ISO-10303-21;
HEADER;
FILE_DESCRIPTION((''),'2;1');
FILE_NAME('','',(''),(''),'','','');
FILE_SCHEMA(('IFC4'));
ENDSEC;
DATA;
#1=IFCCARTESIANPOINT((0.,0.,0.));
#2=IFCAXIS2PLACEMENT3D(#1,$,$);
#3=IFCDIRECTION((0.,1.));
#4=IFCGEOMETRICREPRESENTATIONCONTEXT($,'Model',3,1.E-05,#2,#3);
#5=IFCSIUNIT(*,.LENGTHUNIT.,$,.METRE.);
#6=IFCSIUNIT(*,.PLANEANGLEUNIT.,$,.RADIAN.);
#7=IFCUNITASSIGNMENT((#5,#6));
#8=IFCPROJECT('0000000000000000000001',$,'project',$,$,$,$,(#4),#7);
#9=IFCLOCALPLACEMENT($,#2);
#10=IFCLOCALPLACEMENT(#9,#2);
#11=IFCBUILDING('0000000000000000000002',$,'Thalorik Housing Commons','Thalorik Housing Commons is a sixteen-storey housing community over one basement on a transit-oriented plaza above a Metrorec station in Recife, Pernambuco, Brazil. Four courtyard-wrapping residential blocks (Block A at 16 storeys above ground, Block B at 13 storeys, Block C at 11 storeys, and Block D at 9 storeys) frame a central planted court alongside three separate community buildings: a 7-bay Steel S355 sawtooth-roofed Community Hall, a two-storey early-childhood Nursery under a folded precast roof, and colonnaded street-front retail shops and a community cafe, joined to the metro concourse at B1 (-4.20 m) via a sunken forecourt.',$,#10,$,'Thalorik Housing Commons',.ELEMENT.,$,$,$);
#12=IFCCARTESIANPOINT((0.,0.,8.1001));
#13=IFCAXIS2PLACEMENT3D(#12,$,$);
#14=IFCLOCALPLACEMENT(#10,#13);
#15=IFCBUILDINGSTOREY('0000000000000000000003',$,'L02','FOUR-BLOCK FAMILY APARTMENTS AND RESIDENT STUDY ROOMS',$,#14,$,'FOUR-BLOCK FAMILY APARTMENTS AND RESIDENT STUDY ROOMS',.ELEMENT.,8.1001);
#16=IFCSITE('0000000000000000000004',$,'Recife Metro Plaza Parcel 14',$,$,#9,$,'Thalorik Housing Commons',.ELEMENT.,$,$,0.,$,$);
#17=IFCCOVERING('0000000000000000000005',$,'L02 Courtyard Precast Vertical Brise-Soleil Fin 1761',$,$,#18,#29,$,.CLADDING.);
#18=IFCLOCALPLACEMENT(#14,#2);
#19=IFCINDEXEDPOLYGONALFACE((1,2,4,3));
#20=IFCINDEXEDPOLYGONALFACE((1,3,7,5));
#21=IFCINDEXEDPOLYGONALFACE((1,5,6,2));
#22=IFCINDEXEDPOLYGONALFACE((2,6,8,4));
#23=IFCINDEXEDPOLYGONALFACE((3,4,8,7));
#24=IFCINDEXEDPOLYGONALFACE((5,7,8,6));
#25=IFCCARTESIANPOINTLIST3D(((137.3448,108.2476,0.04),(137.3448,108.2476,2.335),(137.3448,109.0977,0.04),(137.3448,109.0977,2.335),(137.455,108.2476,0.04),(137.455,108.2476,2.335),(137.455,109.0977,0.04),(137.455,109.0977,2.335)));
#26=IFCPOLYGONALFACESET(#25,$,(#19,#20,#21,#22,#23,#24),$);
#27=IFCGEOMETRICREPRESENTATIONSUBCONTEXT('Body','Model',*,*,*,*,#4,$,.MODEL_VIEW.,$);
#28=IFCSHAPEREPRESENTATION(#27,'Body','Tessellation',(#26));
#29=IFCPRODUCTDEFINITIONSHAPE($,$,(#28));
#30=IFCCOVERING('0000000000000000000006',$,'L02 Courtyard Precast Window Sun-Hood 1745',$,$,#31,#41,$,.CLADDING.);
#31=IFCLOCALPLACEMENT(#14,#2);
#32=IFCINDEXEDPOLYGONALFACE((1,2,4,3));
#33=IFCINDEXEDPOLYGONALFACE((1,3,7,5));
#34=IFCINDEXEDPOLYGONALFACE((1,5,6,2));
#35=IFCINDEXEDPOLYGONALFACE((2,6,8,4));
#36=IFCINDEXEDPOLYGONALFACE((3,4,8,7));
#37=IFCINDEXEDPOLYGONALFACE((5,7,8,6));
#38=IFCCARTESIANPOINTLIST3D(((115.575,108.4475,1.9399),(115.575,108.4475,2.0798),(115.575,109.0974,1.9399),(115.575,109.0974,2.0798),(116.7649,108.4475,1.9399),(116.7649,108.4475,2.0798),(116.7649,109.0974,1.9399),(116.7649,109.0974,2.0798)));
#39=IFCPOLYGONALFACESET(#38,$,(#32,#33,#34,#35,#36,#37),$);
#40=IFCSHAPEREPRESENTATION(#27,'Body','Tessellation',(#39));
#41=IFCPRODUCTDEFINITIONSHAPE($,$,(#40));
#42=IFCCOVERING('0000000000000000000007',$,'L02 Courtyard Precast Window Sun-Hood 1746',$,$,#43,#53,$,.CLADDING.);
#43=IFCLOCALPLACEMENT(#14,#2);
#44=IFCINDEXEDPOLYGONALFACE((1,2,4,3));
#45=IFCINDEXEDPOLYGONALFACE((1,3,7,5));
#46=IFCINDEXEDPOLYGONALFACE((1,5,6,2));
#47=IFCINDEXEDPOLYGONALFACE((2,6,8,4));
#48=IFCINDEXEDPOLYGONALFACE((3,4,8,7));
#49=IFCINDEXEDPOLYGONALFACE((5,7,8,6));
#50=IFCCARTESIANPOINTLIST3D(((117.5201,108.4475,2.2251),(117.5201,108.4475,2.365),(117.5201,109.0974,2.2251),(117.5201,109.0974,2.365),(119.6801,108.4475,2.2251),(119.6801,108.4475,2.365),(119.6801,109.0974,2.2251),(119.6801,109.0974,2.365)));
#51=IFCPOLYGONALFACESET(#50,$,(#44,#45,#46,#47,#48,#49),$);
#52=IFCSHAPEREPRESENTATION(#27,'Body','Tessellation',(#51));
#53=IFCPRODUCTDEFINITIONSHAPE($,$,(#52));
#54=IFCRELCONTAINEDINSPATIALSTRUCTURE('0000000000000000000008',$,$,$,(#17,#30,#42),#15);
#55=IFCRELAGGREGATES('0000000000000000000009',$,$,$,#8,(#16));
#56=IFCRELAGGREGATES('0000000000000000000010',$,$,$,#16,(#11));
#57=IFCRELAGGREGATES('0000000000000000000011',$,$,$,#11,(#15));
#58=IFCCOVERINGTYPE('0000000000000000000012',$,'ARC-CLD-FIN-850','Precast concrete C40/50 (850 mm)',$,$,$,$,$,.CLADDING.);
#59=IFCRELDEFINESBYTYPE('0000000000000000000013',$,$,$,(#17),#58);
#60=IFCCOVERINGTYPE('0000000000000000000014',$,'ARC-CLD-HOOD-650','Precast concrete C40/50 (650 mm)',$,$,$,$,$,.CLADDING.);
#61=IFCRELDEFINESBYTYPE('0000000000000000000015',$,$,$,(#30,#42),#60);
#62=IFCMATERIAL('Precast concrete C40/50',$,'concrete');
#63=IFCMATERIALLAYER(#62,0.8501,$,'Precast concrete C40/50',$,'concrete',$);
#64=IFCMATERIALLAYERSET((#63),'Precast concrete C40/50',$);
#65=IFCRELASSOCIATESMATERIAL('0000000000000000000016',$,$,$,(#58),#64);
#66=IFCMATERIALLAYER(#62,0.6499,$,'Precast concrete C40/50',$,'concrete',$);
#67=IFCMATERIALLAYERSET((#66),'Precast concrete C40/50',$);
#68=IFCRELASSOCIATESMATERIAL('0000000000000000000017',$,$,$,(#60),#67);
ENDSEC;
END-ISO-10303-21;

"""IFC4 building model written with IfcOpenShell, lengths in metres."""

from ifc_helpers import new_model, si_unit, direction, frame, origin, origin_2d, place, context, subcontext, project, spatial, rectangle, extrude, material, layer, layer_set, type_object, element, save


model = new_model("IFC4")

# Units and contexts
model_context = context("Model", 3, precision=1e-05, world=origin(), true_north=direction((0.0, 1.0)))
body_context = subcontext(model_context, "Body", "Model", "MODEL_VIEW")
ifc_project = project(units=[si_unit("LENGTHUNIT", "METRE"), si_unit("PLANEANGLEUNIT", "RADIAN")], contexts=[model_context])

# Site, building, storey
site_placement = place(None, origin())
site = spatial("IfcSite", under=ifc_project, at=site_placement, Name="Recife Metro Plaza Parcel 14", LongName="Thalorik Housing Commons", CompositionType="ELEMENT", RefElevation=0.0)
building_placement = place(site_placement, origin())
building = spatial("IfcBuilding", under=site, at=building_placement, Name="Thalorik Housing Commons", Description="Thalorik Housing Commons is a sixteen-storey housing community over one basement on a transit-oriented plaza above a Metrorec station in Recife, Pernambuco, Brazil. Four courtyard-wrapping residential blocks (Block A at 16 storeys above ground, Block B at 13 storeys, Block C at 11 storeys, and Block D at 9 storeys) frame a central planted court alongside three separate community buildings: a 7-bay Steel S355 sawtooth-roofed Community Hall, a two-storey early-childhood Nursery under a folded precast roof, and colonnaded street-front retail shops and a community cafe, joined to the metro concourse at B1 (-4.20 m) via a sunken forecourt.", LongName="Thalorik Housing Commons", CompositionType="ELEMENT")
storey_placement = place(building_placement, frame((0.0, 0.0, 8.1001)))
storey = spatial("IfcBuildingStorey", under=building, at=storey_placement, Name="L02", Description="FOUR-BLOCK FAMILY APARTMENTS AND RESIDENT STUDY ROOMS", LongName="FOUR-BLOCK FAMILY APARTMENTS AND RESIDENT STUDY ROOMS", CompositionType="ELEMENT", Elevation=8.1001)

# Coverings
ifc_material_1 = material(Name="Precast concrete C40/50", Category="concrete")
ifc_layer_1 = layer(ifc_material_1, 0.8501, Name="Precast concrete C40/50", Category="concrete")
ifc_layer_set_1 = layer_set([ifc_layer_1], Name="Precast concrete C40/50")
covering_type_1 = type_object("IfcCoveringType", Name="ARC-CLD-FIN-850", Description="Precast concrete C40/50 (850 mm)", PredefinedType="CLADDING", material=ifc_layer_set_1)
for number, where, z_axis, x_axis, name in (
    (1, (137.3999, 108.6726, 0.04), (0.0, 0.0, 1.0), (1.0, 0.0, 0.0), "L02 Courtyard Precast Vertical Brise-Soleil Fin 1761"),
):
    element("IfcCovering", number, at=place(storey_placement, frame(where, z_axis=z_axis, x_axis=x_axis)), inside=storey, type_object=covering_type_1, Name=name, PredefinedType="CLADDING", context=body_context, shape_type="SweptSolid", body=[
        extrude(rectangle(XDim=0.1101, YDim=0.8501, at=origin_2d()), origin(), (0.0, 0.0, 1.0), 2.2949),
    ])
ifc_layer_2 = layer(ifc_material_1, 0.6499, Name="Precast concrete C40/50", Category="concrete")
ifc_layer_set_2 = layer_set([ifc_layer_2], Name="Precast concrete C40/50")
covering_type_2 = type_object("IfcCoveringType", Name="ARC-CLD-HOOD-650", Description="Precast concrete C40/50 (650 mm)", PredefinedType="CLADDING", material=ifc_layer_set_2)
covering_1_placement = place(storey_placement, frame((116.1699, 108.7725, 1.9399), z_axis=(0.0, 0.0, 1.0), x_axis=(1.0, 0.0, 0.0)))
element("IfcCovering", 2, at=covering_1_placement, inside=storey, type_object=covering_type_2, Name="L02 Courtyard Precast Window Sun-Hood 1745", PredefinedType="CLADDING", context=body_context, shape_type="SweptSolid", body=[
    extrude(rectangle(XDim=1.1899, YDim=0.6499, at=origin_2d()), origin(), (0.0, 0.0, 1.0), 0.1399),
])
covering_2_placement = place(storey_placement, frame((118.6001, 108.7725, 2.2251), z_axis=(0.0, 0.0, 1.0), x_axis=(1.0, 0.0, 0.0)))
element("IfcCovering", 3, at=covering_2_placement, inside=storey, type_object=covering_type_2, Name="L02 Courtyard Precast Window Sun-Hood 1746", PredefinedType="CLADDING", context=body_context, shape_type="SweptSolid", body=[
    extrude(rectangle(XDim=2.1599, YDim=0.6499, at=origin_2d()), origin(), (0.0, 0.0, 1.0), 0.1399),
])

save(model, "model.ifc")
